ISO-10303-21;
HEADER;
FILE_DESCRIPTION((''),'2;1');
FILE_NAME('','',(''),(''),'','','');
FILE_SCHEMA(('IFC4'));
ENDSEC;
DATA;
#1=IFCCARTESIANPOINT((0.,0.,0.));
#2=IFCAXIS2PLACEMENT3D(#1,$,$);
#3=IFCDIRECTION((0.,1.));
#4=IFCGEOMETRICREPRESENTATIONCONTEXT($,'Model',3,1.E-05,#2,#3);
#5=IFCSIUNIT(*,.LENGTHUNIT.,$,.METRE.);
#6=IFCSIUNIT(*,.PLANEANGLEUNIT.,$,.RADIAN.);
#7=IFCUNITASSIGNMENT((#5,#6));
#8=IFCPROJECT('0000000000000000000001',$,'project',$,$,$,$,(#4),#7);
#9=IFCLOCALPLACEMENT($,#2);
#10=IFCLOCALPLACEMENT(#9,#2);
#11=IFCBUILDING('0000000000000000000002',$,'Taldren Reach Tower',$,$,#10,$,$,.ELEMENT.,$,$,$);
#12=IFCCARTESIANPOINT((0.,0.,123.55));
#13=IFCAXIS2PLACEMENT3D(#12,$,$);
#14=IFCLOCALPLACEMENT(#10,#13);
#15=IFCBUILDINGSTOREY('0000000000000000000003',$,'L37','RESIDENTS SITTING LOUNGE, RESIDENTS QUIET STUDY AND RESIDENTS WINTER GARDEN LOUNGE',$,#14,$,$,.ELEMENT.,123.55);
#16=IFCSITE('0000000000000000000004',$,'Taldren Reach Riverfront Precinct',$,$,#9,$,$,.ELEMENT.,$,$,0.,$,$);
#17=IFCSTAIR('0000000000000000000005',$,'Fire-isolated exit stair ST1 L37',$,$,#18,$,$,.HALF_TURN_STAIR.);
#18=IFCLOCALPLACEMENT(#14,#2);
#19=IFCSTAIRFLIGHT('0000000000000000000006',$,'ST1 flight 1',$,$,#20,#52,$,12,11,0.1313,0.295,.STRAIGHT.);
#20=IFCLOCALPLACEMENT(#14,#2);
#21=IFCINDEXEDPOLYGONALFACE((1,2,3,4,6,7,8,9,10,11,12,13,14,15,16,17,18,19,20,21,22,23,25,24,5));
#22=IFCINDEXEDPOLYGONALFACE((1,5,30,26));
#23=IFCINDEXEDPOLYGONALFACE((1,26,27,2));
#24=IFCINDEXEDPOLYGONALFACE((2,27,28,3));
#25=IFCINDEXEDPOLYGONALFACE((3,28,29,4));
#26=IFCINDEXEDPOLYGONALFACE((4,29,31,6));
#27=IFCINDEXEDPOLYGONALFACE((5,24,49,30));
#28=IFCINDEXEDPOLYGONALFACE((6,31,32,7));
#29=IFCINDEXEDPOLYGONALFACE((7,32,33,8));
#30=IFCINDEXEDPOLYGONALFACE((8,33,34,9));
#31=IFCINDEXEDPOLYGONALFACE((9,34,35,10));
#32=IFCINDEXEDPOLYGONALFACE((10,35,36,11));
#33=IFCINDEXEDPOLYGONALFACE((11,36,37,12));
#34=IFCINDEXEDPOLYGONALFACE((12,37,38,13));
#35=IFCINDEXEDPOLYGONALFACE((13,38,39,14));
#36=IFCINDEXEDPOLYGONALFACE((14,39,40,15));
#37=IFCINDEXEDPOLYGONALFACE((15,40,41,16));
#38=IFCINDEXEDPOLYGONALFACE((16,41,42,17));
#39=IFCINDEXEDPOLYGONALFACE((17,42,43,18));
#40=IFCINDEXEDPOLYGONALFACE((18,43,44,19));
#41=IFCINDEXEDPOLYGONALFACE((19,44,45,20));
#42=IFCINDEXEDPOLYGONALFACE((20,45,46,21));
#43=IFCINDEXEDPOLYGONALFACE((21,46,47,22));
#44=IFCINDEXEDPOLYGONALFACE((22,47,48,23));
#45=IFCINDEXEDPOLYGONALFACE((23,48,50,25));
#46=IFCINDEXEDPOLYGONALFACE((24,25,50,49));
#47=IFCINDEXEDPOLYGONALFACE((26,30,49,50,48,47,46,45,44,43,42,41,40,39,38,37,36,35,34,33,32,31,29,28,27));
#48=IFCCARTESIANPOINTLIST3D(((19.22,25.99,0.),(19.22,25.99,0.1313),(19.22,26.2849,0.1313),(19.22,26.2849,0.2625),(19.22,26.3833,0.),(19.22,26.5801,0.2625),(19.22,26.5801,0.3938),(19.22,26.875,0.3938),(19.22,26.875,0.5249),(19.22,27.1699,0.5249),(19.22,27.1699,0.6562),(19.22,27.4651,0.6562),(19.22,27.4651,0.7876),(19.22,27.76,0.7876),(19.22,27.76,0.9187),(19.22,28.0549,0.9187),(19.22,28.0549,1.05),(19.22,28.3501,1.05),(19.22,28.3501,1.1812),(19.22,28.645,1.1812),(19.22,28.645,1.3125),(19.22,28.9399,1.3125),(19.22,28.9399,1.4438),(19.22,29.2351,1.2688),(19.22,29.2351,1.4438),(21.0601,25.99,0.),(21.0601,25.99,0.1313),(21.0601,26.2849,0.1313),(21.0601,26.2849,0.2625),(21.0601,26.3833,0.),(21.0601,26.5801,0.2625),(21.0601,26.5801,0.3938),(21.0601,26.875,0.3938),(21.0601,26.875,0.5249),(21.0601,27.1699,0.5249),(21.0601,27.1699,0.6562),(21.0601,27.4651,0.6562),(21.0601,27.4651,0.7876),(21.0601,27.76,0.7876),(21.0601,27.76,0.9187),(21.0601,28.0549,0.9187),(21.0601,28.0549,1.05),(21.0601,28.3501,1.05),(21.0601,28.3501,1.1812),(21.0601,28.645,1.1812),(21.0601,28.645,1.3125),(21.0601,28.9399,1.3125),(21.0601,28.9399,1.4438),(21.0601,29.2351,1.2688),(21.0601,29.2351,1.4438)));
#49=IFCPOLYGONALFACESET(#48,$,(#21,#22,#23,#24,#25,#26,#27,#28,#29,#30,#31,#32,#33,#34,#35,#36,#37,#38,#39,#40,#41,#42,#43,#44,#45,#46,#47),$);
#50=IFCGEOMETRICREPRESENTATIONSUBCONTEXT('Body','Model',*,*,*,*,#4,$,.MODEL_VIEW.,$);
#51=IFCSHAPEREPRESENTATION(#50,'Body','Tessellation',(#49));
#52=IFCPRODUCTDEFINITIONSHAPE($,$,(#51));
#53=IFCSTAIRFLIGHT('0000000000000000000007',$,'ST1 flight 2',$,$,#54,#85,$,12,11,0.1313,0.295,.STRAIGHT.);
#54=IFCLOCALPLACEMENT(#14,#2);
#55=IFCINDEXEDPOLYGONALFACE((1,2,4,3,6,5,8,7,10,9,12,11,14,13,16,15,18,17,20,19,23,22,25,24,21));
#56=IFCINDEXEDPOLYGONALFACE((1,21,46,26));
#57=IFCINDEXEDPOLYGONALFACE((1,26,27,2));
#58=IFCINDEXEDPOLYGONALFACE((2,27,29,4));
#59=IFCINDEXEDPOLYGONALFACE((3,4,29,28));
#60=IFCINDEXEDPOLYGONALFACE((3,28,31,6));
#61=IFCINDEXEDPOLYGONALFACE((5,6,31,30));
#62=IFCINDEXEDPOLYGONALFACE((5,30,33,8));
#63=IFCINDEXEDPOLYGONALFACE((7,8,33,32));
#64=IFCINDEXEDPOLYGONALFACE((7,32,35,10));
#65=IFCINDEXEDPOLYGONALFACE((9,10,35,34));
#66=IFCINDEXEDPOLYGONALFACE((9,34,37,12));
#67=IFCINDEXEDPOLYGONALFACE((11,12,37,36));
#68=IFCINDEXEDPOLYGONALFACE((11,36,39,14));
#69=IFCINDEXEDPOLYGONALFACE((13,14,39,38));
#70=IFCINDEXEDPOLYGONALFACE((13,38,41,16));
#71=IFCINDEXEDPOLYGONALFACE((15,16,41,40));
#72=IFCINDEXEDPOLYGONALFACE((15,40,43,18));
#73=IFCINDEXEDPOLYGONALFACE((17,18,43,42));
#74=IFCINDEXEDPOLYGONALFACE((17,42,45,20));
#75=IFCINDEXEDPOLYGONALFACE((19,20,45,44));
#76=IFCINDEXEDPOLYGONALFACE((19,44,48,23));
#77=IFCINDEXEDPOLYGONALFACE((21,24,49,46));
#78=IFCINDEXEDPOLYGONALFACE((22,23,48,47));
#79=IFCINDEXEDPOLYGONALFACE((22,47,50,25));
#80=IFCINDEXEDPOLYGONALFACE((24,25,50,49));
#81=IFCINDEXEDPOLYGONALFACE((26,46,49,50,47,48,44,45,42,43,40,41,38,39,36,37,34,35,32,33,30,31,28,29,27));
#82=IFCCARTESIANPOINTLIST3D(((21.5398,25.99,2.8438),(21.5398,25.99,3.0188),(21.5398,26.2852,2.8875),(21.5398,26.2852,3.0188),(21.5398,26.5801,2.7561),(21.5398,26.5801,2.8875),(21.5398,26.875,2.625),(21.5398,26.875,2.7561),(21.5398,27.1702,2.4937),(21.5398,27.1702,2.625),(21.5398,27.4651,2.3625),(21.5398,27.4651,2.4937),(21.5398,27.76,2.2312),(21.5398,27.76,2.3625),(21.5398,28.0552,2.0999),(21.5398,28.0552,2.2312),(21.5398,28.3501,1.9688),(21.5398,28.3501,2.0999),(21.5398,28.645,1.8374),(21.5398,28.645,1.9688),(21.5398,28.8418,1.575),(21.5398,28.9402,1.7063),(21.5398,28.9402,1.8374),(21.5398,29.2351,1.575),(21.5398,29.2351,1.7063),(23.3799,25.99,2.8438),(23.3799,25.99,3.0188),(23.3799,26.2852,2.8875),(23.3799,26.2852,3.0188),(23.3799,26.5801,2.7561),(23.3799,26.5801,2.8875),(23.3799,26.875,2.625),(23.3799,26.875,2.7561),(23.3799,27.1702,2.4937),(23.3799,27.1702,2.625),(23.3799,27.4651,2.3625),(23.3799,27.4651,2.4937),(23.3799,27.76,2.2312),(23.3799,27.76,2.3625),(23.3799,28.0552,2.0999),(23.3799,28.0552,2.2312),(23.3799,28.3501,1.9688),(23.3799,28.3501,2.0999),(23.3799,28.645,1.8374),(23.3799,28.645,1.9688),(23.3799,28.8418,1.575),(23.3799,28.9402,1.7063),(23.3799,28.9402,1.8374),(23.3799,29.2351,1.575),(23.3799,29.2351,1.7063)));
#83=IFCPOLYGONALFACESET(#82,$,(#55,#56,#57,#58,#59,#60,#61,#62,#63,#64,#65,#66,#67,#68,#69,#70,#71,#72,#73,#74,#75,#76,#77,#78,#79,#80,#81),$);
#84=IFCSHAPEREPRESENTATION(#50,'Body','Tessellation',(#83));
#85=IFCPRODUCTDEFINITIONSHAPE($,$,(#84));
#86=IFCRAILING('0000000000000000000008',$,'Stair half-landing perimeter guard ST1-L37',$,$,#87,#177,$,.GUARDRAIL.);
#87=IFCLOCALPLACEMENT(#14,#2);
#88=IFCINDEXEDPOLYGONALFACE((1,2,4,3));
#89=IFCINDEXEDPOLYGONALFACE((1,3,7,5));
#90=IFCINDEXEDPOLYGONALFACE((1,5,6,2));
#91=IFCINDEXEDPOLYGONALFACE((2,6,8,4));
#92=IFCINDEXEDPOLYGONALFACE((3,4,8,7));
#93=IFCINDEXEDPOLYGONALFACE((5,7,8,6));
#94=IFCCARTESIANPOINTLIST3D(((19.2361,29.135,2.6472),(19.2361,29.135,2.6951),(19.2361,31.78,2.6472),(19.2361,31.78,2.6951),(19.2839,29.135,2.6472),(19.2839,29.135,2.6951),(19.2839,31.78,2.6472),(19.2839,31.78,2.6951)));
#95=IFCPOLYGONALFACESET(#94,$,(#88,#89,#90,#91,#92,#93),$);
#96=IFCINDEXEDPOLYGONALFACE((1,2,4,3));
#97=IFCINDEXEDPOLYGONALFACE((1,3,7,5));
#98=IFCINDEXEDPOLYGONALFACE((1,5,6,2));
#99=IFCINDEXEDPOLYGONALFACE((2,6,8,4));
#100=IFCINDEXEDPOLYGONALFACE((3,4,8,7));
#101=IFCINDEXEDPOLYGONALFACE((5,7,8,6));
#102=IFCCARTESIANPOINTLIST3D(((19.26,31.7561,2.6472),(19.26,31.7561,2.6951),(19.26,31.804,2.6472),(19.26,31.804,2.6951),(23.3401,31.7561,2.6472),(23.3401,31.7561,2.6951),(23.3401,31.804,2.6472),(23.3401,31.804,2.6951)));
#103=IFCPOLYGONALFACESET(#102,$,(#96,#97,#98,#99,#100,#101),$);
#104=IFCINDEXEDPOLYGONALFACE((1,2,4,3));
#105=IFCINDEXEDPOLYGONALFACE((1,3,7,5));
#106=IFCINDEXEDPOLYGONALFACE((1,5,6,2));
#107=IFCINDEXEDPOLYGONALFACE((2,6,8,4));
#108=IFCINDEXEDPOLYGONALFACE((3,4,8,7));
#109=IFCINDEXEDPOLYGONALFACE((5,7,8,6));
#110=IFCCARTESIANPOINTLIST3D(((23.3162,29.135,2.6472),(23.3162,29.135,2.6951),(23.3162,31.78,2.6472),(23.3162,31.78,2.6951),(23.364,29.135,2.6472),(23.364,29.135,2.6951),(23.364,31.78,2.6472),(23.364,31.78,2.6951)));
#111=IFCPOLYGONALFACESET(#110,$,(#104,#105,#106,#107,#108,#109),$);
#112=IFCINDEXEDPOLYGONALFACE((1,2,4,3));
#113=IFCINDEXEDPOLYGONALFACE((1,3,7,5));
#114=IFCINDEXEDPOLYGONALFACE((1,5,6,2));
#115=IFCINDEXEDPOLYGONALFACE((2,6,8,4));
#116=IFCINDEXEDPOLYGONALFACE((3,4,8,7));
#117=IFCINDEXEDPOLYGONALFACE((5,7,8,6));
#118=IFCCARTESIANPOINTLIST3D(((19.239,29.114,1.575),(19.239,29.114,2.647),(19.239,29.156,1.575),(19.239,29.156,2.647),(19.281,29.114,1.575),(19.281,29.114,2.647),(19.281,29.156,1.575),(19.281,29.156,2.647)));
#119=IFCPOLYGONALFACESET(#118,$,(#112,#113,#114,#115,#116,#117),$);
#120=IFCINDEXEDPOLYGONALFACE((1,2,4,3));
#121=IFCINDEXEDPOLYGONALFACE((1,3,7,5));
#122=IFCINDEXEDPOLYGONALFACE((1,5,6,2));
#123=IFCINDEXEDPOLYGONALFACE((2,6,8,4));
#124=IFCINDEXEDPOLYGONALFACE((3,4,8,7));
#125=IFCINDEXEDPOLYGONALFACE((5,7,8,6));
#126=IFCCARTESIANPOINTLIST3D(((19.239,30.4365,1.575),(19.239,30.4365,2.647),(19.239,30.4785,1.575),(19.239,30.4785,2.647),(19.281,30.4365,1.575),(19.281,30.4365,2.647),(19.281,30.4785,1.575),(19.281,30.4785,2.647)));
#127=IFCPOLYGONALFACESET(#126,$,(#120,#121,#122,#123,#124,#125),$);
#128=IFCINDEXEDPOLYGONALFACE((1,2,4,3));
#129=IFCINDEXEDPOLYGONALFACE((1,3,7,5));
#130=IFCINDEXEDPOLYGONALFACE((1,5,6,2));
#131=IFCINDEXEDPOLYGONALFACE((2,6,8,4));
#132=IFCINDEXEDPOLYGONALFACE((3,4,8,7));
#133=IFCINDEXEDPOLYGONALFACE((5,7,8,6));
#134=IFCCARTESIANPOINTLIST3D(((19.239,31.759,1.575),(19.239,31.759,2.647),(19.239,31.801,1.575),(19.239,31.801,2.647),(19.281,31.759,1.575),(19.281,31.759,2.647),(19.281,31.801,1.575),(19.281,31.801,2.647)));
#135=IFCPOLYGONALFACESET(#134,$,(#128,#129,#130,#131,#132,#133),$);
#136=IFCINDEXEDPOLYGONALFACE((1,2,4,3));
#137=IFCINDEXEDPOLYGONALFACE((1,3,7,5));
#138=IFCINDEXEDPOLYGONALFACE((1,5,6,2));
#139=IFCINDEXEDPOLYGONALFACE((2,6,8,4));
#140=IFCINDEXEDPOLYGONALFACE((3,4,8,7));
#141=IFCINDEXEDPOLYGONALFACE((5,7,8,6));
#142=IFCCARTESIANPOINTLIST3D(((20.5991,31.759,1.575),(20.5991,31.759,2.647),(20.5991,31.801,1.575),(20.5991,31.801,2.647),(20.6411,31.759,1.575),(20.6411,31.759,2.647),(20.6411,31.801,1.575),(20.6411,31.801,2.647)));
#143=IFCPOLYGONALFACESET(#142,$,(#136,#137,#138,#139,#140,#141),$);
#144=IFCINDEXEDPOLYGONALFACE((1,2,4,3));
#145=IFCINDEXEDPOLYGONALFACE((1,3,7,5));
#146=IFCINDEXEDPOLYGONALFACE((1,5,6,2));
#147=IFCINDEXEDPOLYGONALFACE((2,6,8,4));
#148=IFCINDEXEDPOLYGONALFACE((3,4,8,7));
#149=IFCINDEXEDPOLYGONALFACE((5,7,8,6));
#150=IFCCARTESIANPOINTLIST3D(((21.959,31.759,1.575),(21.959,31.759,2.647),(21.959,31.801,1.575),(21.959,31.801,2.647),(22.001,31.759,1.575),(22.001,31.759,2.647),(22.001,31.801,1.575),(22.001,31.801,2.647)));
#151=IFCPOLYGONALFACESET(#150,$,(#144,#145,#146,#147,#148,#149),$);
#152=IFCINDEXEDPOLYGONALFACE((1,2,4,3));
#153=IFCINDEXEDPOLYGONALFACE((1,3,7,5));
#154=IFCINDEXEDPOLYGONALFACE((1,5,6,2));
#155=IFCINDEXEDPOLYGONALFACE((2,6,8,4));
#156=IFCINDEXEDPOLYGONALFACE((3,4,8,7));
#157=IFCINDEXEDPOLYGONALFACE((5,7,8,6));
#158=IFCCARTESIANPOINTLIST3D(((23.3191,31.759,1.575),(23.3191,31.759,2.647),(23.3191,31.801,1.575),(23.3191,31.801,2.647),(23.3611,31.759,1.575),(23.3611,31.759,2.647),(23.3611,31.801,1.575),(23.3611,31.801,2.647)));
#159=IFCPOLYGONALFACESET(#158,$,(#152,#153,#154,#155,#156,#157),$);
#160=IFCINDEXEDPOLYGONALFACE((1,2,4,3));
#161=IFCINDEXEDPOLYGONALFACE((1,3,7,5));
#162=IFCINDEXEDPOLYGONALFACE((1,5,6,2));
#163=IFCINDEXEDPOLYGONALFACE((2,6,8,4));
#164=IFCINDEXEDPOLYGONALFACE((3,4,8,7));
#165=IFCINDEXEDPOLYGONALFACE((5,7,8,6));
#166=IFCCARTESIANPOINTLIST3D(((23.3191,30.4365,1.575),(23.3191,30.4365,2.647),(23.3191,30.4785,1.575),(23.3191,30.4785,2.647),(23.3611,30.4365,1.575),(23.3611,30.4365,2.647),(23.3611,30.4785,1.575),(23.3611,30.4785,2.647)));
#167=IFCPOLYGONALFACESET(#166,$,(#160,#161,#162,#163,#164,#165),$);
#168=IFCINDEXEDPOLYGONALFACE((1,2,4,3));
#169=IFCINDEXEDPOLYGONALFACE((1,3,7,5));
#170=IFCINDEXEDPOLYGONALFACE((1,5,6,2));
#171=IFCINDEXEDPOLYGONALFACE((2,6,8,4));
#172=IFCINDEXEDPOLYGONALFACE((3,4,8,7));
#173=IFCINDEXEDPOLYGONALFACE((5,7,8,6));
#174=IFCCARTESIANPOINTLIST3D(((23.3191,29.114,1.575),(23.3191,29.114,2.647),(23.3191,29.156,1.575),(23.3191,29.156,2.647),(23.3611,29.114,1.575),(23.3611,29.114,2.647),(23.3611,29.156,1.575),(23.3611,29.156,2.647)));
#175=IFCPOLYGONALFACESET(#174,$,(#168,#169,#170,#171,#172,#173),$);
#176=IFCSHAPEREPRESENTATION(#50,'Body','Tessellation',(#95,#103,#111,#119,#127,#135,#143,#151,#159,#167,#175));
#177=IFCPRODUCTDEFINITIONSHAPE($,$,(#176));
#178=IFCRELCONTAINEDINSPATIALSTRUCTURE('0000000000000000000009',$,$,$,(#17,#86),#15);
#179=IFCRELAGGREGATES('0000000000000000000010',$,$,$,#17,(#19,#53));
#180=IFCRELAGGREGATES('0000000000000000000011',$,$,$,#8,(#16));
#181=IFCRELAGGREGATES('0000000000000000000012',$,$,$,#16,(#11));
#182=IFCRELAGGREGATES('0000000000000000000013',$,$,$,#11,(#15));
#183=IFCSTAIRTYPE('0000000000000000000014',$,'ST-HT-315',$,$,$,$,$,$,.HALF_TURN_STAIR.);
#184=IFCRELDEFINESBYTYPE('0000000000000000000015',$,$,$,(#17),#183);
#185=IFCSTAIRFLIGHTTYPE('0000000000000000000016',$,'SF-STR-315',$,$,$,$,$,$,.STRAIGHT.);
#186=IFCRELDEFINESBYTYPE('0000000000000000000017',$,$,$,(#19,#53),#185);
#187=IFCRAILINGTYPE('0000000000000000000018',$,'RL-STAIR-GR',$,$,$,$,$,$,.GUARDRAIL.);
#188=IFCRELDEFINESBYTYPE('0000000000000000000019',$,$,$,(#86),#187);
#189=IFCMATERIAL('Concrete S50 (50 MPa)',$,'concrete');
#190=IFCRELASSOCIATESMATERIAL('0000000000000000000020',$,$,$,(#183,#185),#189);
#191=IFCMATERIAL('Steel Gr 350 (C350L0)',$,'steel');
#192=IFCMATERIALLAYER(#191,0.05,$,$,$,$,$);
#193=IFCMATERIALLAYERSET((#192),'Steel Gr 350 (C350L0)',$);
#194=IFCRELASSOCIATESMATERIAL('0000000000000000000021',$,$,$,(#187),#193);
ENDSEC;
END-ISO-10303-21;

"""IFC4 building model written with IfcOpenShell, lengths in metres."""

from ifc_helpers import new_model, si_unit, direction, frame, origin, origin_2d, place, context, subcontext, project, spatial, polyline, rectangle, outline, extrude, material, layer, layer_set, type_object, element, aggregate, save


model = new_model("IFC4")

# Units and contexts
model_context = context("Model", 3, precision=1e-05, world=origin(), true_north=direction((0.0, 1.0)))
body_context = subcontext(model_context, "Body", "Model", "MODEL_VIEW")
ifc_project = project(units=[si_unit("LENGTHUNIT", "METRE"), si_unit("PLANEANGLEUNIT", "RADIAN")], contexts=[model_context])

# Site, building, storey
site_placement = place(None, origin())
site = spatial("IfcSite", under=ifc_project, at=site_placement, Name="Taldren Reach Riverfront Precinct", CompositionType="ELEMENT", RefElevation=0.0)
building_placement = place(site_placement, origin())
building = spatial("IfcBuilding", under=site, at=building_placement, Name="Taldren Reach Tower", CompositionType="ELEMENT")
storey_placement = place(building_placement, frame((0.0, 0.0, 123.55)))
storey = spatial("IfcBuildingStorey", under=building, at=storey_placement, Name="L37", Description="RESIDENTS SITTING LOUNGE, RESIDENTS QUIET STUDY AND RESIDENTS WINTER GARDEN LOUNGE", CompositionType="ELEMENT", Elevation=123.55)

# Shared definitions
ifc_material_1 = material(Name="Steel Gr 350 (C350L0)", Category="steel")

# Stair, stair flights
ifc_material_2 = material(Name="Concrete S50 (50 MPa)", Category="concrete")
stair_type = type_object("IfcStairType", Name="ST-HT-315", PredefinedType="HALF_TURN_STAIR", material=ifc_material_2)
stair_placement = place(storey_placement, origin())
stair = element("IfcStair", 1, at=stair_placement, inside=storey, type_object=stair_type, Name="Fire-isolated exit stair ST1 L37", PredefinedType="HALF_TURN_STAIR")
stair_flight_type = type_object("IfcStairFlightType", Name="SF-STR-315", PredefinedType="STRAIGHT", material=ifc_material_2)
stair_flight_1_placement = place(storey_placement, frame((20.1399, 25.99, 0.0), z_axis=(0.0, 0.0, 1.0), x_axis=(0.0, 1.0, 0.0)))
stair_flight_1 = element("IfcStairFlight", 2, at=stair_flight_1_placement, type_object=stair_flight_type, Name="ST1 flight 1", NumberOfRisers=12, NumberOfTreads=11, PredefinedType="STRAIGHT", RiserHeight=0.1313, TreadLength=0.295, context=body_context, shape_type="SweptSolid", body=[
    extrude(outline(polyline([(0.0, 0.0), (0.0, 0.1313), (0.2949, 0.1313), (0.2949, 0.2625), (0.5901, 0.2625), (0.5901, 0.3938), (0.885, 0.3938), (0.885, 0.5249), (1.1799, 0.5249), (1.1799, 0.6562), (1.4751, 0.6562), (1.4751, 0.7876), (1.77, 0.7876), (1.77, 0.9187), (2.0649, 0.9187), (2.0649, 1.05), (2.3601, 1.05), (2.3601, 1.1812), (2.655, 1.1812), (2.655, 1.3125), (2.95, 1.3125), (2.95, 1.4438), (3.2451, 1.4438), (3.2451, 1.575), (3.2451, 1.2688), (0.3933, 0.0), (0.0, 0.0)])), frame((0.0, 0.9199, 0.0), z_axis=(0.0, -1.0, 0.0), x_axis=(1.0, 0.0, 0.0)), (0.0, 0.0, 1.0), 1.8401),
])
stair_flight_2_placement = place(storey_placement, frame((22.46, 29.2351, 1.575), z_axis=(0.0, 0.0, 1.0), x_axis=(0.0, -1.0, 0.0)))
stair_flight_2 = element("IfcStairFlight", 3, at=stair_flight_2_placement, type_object=stair_flight_type, Name="ST1 flight 2", NumberOfRisers=12, NumberOfTreads=11, PredefinedType="STRAIGHT", RiserHeight=0.1313, TreadLength=0.295, context=body_context, shape_type="SweptSolid", body=[
    extrude(outline(polyline([(0.0, 0.0), (0.0, 0.1313), (0.2949, 0.1313), (0.2949, 0.2625), (0.5901, 0.2625), (0.5901, 0.3938), (0.885, 0.3938), (0.885, 0.5249), (1.1799, 0.5249), (1.1799, 0.6562), (1.4751, 0.6562), (1.4751, 0.7876), (1.77, 0.7876), (1.77, 0.9187), (2.0649, 0.9187), (2.0649, 1.05), (2.3601, 1.05), (2.3601, 1.1812), (2.655, 1.1812), (2.655, 1.3125), (2.95, 1.3125), (2.95, 1.4438), (3.2451, 1.4438), (3.2451, 1.575), (3.2451, 1.2688), (0.3933, 0.0), (0.0, 0.0)])), frame((0.0, 0.9199, 0.0), z_axis=(0.0, -1.0, 0.0), x_axis=(1.0, 0.0, 0.0)), (0.0, 0.0, 1.0), 1.8401),
])
aggregate(stair, [stair_flight_1, stair_flight_2])

# Railing
ifc_layer_1 = layer(ifc_material_1, 0.05)
ifc_layer_set_1 = layer_set([ifc_layer_1], Name="Steel Gr 350 (C350L0)")
railing_type_1 = type_object("IfcRailingType", Name="RL-STAIR-GR", PredefinedType="GUARDRAIL", material=ifc_layer_set_1)
railing_1_placement = place(storey_placement, frame((19.26, 29.135, 1.575)))
element("IfcRailing", 4, at=railing_1_placement, inside=storey, type_object=railing_type_1, Name="Stair half-landing perimeter guard ST1-L37", PredefinedType="GUARDRAIL", context=body_context, shape_type="SweptSolid", body=[
    extrude(rectangle(XDim=0.0479, YDim=0.0479, at=origin_2d()), frame((0.0, 0.0, 1.0962), z_axis=(0.0, 1.0, 0.0), x_axis=(-1.0, 0.0, 0.0)), (0.0, 0.0, 1.0), 2.645),
    extrude(rectangle(XDim=0.0479, YDim=0.0479, at=origin_2d()), frame((0.0, 2.645, 1.0962), z_axis=(1.0, 0.0, 0.0), x_axis=(0.0, 1.0, 0.0)), (0.0, 0.0, 1.0), 4.0801),
    extrude(rectangle(XDim=0.0479, YDim=0.0479, at=origin_2d()), frame((4.0801, 2.645, 1.0962), z_axis=(0.0, -1.0, 0.0), x_axis=(1.0, 0.0, 0.0)), (0.0, 0.0, 1.0), 2.645),
    extrude(rectangle(XDim=0.042, YDim=0.042, at=origin_2d()), origin(), (0.0, 0.0, 1.0), 1.072),
    extrude(rectangle(XDim=0.042, YDim=0.042, at=origin_2d()), frame((0.0, 1.3225, 0.0)), (0.0, 0.0, 1.0), 1.072),
    extrude(rectangle(XDim=0.042, YDim=0.042, at=origin_2d()), frame((0.0, 2.645, 0.0)), (0.0, 0.0, 1.0), 1.072),
    extrude(rectangle(XDim=0.042, YDim=0.042, at=origin_2d()), frame((1.3601, 2.645, 0.0)), (0.0, 0.0, 1.0), 1.072),
    extrude(rectangle(XDim=0.042, YDim=0.042, at=origin_2d()), frame((2.72, 2.645, 0.0)), (0.0, 0.0, 1.0), 1.072),
    extrude(rectangle(XDim=0.042, YDim=0.042, at=origin_2d()), frame((4.0801, 2.645, 0.0)), (0.0, 0.0, 1.0), 1.072),
    extrude(rectangle(XDim=0.042, YDim=0.042, at=origin_2d()), frame((4.0801, 1.3225, 0.0)), (0.0, 0.0, 1.0), 1.072),
    extrude(rectangle(XDim=0.042, YDim=0.042, at=origin_2d()), frame((4.0801, 0.0, 0.0)), (0.0, 0.0, 1.0), 1.072),
])

save(model, "model.ifc")
